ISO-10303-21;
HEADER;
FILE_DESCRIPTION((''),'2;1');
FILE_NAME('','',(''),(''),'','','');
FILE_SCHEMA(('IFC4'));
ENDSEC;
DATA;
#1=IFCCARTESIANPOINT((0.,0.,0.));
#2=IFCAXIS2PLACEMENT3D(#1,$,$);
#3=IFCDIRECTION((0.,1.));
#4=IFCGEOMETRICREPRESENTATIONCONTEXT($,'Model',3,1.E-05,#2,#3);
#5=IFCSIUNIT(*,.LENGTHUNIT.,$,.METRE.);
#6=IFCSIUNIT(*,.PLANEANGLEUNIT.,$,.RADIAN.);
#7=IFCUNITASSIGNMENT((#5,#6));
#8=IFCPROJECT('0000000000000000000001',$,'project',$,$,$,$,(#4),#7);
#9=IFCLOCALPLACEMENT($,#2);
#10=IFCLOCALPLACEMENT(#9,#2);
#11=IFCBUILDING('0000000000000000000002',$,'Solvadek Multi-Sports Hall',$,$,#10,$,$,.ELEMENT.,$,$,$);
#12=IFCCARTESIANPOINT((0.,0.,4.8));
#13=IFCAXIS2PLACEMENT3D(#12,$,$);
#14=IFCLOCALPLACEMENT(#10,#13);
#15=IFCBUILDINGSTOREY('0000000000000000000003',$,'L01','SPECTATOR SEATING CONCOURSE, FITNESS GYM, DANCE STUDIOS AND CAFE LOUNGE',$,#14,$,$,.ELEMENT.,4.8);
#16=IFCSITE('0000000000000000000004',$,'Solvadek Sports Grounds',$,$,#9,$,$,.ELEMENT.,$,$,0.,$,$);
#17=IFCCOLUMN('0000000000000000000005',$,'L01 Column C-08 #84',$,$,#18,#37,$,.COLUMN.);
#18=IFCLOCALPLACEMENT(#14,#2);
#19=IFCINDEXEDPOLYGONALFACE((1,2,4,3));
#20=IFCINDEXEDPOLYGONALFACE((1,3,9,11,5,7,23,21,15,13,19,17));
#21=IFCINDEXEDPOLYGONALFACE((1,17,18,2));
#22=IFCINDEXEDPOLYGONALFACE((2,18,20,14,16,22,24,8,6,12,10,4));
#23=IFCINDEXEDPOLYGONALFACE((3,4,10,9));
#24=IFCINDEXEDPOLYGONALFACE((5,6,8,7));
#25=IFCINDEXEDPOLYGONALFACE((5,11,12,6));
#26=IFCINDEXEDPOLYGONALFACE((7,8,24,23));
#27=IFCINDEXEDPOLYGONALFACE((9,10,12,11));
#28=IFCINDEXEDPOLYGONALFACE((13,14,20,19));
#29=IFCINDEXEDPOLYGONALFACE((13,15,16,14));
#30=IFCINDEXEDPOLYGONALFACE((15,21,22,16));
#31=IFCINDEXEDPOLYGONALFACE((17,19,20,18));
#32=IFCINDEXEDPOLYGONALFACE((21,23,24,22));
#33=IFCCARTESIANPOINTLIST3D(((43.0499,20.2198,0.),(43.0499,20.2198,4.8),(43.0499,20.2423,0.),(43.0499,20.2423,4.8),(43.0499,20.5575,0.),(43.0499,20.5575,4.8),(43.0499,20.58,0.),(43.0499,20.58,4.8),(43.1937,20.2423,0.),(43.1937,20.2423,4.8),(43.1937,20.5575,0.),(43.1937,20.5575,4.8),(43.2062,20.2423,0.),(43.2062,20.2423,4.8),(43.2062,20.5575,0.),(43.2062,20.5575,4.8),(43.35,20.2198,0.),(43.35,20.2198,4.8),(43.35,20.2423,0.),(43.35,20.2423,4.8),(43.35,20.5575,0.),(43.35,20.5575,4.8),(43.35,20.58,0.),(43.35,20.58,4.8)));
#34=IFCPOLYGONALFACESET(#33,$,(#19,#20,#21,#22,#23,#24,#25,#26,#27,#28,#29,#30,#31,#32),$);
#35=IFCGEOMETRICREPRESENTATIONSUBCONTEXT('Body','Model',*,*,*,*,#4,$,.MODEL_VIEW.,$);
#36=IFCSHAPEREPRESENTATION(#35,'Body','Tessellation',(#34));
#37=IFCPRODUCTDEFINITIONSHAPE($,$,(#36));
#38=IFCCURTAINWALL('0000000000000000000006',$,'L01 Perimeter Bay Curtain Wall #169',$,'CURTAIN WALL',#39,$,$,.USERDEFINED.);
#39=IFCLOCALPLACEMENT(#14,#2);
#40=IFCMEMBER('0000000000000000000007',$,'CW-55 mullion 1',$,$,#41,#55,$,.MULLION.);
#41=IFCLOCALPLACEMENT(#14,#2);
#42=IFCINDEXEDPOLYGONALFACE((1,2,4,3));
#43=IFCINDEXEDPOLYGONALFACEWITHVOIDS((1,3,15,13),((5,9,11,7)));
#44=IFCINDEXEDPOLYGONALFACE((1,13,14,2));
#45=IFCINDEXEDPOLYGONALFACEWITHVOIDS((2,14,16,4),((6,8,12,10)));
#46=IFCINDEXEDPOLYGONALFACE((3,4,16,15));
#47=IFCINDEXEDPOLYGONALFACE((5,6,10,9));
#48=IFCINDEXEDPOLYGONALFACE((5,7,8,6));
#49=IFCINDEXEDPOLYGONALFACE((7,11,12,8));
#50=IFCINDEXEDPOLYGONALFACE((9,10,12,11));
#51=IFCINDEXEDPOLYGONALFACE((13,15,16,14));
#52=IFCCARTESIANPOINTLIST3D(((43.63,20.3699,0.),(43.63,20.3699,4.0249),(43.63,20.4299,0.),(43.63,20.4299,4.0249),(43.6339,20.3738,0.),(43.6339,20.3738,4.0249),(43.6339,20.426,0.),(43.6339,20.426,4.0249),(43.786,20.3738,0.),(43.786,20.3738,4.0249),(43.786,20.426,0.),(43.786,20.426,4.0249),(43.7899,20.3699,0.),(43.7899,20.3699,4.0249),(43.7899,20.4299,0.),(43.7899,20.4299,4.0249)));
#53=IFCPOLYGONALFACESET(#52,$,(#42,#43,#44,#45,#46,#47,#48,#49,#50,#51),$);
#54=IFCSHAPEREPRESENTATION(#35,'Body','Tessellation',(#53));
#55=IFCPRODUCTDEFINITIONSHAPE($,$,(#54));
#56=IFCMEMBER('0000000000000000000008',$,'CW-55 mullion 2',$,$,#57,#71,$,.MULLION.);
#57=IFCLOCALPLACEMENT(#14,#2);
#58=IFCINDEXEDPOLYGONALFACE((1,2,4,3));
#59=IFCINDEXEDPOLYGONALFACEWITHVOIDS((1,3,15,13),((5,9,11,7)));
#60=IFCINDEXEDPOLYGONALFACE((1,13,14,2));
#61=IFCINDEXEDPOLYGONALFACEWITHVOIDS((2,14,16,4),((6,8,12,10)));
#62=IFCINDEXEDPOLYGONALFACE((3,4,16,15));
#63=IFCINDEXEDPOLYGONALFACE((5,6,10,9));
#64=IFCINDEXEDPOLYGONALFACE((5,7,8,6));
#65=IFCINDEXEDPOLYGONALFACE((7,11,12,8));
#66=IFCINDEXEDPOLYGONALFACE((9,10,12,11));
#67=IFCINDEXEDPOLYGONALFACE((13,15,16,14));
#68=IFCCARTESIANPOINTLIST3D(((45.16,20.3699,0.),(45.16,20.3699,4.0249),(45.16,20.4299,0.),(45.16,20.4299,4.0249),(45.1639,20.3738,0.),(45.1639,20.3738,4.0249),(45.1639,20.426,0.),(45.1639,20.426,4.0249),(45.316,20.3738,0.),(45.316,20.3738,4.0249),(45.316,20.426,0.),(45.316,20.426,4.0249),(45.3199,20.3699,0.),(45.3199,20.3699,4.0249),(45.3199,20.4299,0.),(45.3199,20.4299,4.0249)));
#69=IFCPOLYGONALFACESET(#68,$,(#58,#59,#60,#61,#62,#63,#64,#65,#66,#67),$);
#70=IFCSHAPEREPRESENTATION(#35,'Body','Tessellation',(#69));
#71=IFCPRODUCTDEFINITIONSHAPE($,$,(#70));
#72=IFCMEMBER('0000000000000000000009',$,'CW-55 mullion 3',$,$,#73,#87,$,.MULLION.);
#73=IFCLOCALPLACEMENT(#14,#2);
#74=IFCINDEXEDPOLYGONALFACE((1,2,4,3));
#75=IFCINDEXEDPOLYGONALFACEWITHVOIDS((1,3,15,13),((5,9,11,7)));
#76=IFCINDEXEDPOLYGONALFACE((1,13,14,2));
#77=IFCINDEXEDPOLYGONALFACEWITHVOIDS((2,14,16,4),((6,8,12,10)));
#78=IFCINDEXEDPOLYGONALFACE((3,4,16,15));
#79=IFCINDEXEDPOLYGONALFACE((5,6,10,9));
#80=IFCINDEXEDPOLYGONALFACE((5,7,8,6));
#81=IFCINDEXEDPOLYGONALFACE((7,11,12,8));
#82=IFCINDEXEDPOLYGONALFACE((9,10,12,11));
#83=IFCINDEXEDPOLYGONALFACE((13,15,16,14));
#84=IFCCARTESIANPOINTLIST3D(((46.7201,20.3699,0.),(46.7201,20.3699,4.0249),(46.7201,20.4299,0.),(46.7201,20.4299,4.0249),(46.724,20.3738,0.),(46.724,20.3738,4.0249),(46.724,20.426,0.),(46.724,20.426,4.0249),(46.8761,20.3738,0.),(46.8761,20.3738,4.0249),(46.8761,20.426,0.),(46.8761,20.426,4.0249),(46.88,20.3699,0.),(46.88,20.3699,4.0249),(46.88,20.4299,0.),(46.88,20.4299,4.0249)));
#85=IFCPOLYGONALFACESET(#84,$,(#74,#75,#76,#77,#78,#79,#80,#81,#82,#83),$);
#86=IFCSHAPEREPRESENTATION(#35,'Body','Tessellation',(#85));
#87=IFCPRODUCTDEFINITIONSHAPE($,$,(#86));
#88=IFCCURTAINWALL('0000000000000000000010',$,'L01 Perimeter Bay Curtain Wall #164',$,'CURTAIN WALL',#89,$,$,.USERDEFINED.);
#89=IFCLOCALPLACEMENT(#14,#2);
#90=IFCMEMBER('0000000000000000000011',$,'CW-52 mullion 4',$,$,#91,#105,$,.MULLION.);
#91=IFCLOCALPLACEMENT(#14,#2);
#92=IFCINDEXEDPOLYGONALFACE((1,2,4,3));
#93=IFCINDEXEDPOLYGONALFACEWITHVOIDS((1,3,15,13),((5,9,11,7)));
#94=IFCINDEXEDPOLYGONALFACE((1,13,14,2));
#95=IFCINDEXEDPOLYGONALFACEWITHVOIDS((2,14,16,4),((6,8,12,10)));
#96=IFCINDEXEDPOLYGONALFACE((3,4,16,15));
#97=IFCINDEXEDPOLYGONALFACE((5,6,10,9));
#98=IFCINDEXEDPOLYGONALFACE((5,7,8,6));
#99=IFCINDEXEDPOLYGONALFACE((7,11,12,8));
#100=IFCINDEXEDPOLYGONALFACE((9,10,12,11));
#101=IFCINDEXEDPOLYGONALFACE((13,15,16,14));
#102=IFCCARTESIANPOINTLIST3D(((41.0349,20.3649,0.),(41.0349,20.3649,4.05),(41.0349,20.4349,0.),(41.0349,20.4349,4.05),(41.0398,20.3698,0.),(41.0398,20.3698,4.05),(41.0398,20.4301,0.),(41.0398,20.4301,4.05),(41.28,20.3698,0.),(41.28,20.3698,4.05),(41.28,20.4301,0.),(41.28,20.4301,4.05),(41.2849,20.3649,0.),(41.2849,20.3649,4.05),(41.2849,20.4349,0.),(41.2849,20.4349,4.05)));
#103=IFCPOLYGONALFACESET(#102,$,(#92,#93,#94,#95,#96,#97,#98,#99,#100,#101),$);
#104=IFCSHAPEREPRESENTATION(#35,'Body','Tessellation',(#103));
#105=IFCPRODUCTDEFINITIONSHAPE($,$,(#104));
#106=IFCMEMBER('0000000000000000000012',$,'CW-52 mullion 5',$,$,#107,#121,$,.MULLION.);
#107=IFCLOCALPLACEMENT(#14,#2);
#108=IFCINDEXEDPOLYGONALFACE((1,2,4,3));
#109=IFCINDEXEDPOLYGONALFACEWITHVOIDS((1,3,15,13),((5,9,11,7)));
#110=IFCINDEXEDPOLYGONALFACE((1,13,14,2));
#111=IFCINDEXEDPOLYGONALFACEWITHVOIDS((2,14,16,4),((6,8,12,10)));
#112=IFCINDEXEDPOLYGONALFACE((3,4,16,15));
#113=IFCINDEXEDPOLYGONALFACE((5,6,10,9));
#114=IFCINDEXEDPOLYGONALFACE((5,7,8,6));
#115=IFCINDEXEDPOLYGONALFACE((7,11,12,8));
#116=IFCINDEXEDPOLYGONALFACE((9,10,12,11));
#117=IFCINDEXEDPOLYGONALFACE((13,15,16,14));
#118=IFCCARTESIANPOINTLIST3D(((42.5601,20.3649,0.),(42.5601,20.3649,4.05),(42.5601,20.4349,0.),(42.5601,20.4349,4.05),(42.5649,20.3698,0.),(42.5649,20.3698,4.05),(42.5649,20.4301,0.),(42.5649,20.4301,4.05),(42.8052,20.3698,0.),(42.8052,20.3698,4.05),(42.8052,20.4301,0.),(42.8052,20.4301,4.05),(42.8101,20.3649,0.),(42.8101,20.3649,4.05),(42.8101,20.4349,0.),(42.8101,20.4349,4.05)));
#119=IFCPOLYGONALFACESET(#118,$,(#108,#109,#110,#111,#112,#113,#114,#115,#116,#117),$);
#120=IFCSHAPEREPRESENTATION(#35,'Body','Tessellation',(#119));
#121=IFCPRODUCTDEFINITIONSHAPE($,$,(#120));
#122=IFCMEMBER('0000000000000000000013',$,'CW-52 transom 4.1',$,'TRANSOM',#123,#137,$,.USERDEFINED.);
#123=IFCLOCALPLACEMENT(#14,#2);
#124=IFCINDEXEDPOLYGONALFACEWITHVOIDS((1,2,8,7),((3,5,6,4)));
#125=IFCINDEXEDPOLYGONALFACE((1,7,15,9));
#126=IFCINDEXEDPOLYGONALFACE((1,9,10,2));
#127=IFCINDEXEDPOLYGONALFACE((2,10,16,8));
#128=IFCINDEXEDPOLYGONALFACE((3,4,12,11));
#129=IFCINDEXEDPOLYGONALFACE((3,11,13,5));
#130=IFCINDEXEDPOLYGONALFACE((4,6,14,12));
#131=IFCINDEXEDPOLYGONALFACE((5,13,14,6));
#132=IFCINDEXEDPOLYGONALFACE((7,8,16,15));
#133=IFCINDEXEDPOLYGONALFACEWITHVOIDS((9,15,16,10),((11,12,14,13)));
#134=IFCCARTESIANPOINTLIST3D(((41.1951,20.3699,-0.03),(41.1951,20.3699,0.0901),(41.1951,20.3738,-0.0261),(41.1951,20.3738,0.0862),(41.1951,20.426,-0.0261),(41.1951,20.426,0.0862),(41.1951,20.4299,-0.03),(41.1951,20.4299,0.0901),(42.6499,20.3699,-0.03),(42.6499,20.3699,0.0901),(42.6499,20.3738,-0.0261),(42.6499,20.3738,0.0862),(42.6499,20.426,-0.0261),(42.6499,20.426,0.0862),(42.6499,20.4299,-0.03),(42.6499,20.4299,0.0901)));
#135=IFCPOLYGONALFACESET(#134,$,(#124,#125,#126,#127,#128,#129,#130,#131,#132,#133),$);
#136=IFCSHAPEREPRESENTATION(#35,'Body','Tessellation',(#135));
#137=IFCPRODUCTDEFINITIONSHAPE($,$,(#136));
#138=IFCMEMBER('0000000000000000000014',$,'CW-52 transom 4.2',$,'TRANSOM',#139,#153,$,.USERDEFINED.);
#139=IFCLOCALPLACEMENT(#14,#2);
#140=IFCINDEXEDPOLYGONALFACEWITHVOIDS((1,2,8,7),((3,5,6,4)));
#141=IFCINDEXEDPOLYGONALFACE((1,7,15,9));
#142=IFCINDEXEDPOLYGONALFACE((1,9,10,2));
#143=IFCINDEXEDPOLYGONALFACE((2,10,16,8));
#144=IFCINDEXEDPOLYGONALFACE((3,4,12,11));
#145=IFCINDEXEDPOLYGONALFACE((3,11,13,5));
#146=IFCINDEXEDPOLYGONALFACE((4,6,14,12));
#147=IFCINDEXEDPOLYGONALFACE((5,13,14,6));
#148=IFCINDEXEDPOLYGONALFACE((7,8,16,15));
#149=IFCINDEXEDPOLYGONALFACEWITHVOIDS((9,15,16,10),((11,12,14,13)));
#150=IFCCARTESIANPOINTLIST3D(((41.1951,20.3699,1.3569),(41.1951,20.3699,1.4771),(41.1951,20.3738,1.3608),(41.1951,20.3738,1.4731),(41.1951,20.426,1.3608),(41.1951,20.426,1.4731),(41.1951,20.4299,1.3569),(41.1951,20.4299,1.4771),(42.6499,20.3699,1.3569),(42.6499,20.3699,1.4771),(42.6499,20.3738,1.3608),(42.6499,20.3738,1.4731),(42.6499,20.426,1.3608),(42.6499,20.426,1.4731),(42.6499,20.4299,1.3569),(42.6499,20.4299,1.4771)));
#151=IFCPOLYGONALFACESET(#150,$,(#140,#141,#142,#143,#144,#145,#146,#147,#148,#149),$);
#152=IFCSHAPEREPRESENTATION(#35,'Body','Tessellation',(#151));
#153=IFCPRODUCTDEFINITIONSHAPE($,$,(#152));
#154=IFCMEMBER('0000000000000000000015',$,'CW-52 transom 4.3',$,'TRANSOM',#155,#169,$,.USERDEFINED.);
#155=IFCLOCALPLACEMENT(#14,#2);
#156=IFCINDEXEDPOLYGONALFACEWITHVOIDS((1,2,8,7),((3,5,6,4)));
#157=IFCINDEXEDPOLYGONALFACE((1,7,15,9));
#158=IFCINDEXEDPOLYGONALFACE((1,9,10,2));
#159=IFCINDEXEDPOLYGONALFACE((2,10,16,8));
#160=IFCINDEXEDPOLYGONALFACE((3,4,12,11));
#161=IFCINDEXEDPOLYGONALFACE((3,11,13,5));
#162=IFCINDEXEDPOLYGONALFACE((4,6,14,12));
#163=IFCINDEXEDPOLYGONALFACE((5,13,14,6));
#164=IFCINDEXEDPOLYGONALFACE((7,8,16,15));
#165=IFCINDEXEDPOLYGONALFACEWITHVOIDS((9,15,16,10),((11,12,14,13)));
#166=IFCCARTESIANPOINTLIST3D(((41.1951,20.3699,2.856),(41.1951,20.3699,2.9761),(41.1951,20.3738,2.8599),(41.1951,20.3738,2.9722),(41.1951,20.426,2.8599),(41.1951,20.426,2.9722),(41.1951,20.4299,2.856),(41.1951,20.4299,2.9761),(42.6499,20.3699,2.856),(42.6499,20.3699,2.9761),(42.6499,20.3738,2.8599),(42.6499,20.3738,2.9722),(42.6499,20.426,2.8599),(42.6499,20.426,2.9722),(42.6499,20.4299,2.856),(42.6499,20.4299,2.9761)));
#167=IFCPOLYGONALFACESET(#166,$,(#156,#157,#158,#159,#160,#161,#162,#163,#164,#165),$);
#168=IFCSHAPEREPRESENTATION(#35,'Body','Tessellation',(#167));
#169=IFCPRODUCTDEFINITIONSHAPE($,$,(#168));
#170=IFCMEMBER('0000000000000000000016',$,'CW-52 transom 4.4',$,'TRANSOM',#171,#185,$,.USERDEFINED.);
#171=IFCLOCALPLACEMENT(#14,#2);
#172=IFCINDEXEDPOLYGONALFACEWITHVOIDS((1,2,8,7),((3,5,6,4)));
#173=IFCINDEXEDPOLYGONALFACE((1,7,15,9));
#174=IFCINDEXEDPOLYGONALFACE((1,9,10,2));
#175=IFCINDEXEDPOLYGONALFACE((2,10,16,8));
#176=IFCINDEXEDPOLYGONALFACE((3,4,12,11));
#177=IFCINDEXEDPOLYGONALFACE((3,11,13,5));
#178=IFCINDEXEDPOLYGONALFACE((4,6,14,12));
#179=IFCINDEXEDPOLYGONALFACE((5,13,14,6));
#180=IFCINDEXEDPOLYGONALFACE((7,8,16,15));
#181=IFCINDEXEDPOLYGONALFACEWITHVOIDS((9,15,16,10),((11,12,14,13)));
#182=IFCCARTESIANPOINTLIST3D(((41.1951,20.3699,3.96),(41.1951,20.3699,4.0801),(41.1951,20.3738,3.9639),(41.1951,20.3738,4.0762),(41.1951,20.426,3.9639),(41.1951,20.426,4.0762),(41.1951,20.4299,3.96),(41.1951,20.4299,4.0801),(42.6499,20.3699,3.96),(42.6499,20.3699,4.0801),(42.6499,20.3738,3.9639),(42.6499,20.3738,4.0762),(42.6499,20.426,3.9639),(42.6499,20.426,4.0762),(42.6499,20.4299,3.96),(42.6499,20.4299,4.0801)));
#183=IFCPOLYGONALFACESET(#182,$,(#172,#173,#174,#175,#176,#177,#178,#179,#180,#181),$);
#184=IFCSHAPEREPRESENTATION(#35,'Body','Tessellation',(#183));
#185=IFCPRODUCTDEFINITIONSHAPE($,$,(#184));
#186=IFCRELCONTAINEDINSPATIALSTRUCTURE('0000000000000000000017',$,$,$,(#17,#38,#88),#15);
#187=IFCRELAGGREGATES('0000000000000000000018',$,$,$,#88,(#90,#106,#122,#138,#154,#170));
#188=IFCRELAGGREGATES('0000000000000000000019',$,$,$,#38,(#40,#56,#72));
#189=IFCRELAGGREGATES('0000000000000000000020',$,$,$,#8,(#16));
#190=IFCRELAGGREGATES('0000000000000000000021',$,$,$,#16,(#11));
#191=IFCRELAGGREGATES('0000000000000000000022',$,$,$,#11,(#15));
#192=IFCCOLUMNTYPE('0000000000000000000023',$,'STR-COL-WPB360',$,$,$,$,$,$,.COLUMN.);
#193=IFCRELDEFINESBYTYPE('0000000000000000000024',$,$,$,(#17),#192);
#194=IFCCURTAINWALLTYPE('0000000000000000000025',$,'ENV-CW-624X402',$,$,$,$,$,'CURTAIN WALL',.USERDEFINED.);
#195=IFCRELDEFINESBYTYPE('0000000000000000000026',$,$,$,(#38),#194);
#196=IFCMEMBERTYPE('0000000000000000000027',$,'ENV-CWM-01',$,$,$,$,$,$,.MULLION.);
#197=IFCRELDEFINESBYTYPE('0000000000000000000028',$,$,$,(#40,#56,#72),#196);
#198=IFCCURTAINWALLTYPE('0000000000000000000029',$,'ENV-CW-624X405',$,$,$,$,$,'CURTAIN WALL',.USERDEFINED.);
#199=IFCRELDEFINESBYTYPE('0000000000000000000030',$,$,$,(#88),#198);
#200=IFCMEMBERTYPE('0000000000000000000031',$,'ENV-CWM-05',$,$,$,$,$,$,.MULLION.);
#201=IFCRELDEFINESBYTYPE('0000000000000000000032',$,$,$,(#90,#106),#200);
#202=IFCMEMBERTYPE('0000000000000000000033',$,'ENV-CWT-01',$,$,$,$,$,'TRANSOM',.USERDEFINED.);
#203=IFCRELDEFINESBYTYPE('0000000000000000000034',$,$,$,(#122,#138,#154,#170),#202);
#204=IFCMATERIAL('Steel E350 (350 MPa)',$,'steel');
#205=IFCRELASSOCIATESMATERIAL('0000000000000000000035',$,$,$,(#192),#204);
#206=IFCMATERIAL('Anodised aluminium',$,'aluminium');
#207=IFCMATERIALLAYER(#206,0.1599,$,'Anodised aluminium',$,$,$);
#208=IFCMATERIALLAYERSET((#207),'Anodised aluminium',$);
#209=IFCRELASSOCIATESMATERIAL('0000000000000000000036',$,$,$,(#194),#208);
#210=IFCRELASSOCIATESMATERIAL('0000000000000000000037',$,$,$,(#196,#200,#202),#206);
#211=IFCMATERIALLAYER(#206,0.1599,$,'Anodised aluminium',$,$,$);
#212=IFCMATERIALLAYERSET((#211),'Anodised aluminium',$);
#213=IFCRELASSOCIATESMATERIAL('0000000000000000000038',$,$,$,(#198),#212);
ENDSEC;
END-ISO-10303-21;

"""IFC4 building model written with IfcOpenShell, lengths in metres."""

from ifc_helpers import new_model, si_unit, direction, frame, origin, origin_2d, place, context, subcontext, project, spatial, hollow_rectangle, i_section, extrude, material, layer, layer_set, material_profile, profile_set, type_object, element, aggregate, save


model = new_model("IFC4")

# Units and contexts
model_context = context("Model", 3, precision=1e-05, world=origin(), true_north=direction((0.0, 1.0)))
body_context = subcontext(model_context, "Body", "Model", "MODEL_VIEW")
ifc_project = project(units=[si_unit("LENGTHUNIT", "METRE"), si_unit("PLANEANGLEUNIT", "RADIAN")], contexts=[model_context])

# Site, building, storey
site_placement = place(None, origin())
site = spatial("IfcSite", under=ifc_project, at=site_placement, Name="Solvadek Sports Grounds", CompositionType="ELEMENT", RefElevation=0.0)
building_placement = place(site_placement, origin())
building = spatial("IfcBuilding", under=site, at=building_placement, Name="Solvadek Multi-Sports Hall", CompositionType="ELEMENT")
storey_placement = place(building_placement, frame((0.0, 0.0, 4.8)))
storey = spatial("IfcBuildingStorey", under=building, at=storey_placement, Name="L01", Description="SPECTATOR SEATING CONCOURSE, FITNESS GYM, DANCE STUDIOS AND CAFE LOUNGE", CompositionType="ELEMENT", Elevation=4.8)

# Column
ifc_material_1 = material(Name="Steel E350 (350 MPa)", Category="steel")
ifc_material_profile_1 = material_profile(ifc_material_1, i_section(OverallWidth=0.3, OverallDepth=0.3601, WebThickness=0.0125, FlangeThickness=0.0225, at=origin_2d()), Name="WPB 360")
ifc_profile_set_1 = profile_set([ifc_material_profile_1], Name="Steel E350 (350 MPa)")
column_type = type_object("IfcColumnType", Name="STR-COL-WPB360", PredefinedType="COLUMN", material=ifc_profile_set_1)
column_placement = place(storey_placement, frame((43.2, 20.3999, 0.0), z_axis=(0.0, 0.0, 1.0), x_axis=(1.0, 0.0, 0.0)))
element("IfcColumn", 1, at=column_placement, inside=storey, type_object=column_type, Name="L01 Column C-08 #84", PredefinedType="COLUMN", context=body_context, shape_type="SweptSolid", body=[
    extrude(i_section(OverallWidth=0.3, OverallDepth=0.3601, WebThickness=0.0125, FlangeThickness=0.0225, at=origin_2d()), origin(), (0.0, 0.0, 1.0), 4.8),
])

# Curtain walls, members
ifc_material_2 = material(Name="Anodised aluminium", Category="aluminium")
ifc_layer_1 = layer(ifc_material_2, 0.1599, Name="Anodised aluminium")
ifc_layer_set_1 = layer_set([ifc_layer_1], Name="Anodised aluminium")
curtain_wall_type_1 = type_object("IfcCurtainWallType", Name="ENV-CW-624X402", ElementType="CURTAIN WALL", PredefinedType="USERDEFINED", material=ifc_layer_set_1)
curtain_wall_1_placement = place(storey_placement, origin())
curtain_wall_1 = element("IfcCurtainWall", 2, at=curtain_wall_1_placement, inside=storey, type_object=curtain_wall_type_1, Name="L01 Perimeter Bay Curtain Wall #169", ObjectType="CURTAIN WALL", PredefinedType="USERDEFINED")
ifc_material_profile_2 = material_profile(ifc_material_2, hollow_rectangle(XDim=0.0601, YDim=0.1599, WallThickness=0.0039, at=origin_2d()), Name="ALU-M 160x60x4")
ifc_profile_set_2 = profile_set([ifc_material_profile_2], Name="Anodised aluminium")
member_type_1 = type_object("IfcMemberType", Name="ENV-CWM-01", PredefinedType="MULLION", material=ifc_profile_set_2)
member_1_placement = place(storey_placement, frame((43.71, 20.3999, 0.0), z_axis=(0.0, 0.0, 1.0), x_axis=(0.0, 1.0, 0.0)))
member_1 = element("IfcMember", 3, at=member_1_placement, type_object=member_type_1, Name="CW-55 mullion 1", PredefinedType="MULLION", context=body_context, shape_type="SweptSolid", body=[
    extrude(hollow_rectangle(XDim=0.0601, YDim=0.1599, WallThickness=0.0039, at=origin_2d()), origin(), (0.0, 0.0, 1.0), 4.0249),
])
member_2_placement = place(storey_placement, frame((45.24, 20.3999, 0.0), z_axis=(0.0, 0.0, 1.0), x_axis=(0.0, 1.0, 0.0)))
member_2 = element("IfcMember", 4, at=member_2_placement, type_object=member_type_1, Name="CW-55 mullion 2", PredefinedType="MULLION", context=body_context, shape_type="SweptSolid", body=[
    extrude(hollow_rectangle(XDim=0.0601, YDim=0.1599, WallThickness=0.0039, at=origin_2d()), origin(), (0.0, 0.0, 1.0), 4.0249),
])
member_3_placement = place(storey_placement, frame((46.8, 20.3999, 0.0), z_axis=(0.0, 0.0, 1.0), x_axis=(0.0, 1.0, 0.0)))
member_3 = element("IfcMember", 5, at=member_3_placement, type_object=member_type_1, Name="CW-55 mullion 3", PredefinedType="MULLION", context=body_context, shape_type="SweptSolid", body=[
    extrude(hollow_rectangle(XDim=0.0601, YDim=0.1599, WallThickness=0.0039, at=origin_2d()), origin(), (0.0, 0.0, 1.0), 4.0249),
])
ifc_layer_2 = layer(ifc_material_2, 0.1599, Name="Anodised aluminium")
ifc_layer_set_2 = layer_set([ifc_layer_2], Name="Anodised aluminium")
curtain_wall_type_2 = type_object("IfcCurtainWallType", Name="ENV-CW-624X405", ElementType="CURTAIN WALL", PredefinedType="USERDEFINED", material=ifc_layer_set_2)
curtain_wall_2_placement = place(storey_placement, origin())
curtain_wall_2 = element("IfcCurtainWall", 6, at=curtain_wall_2_placement, inside=storey, type_object=curtain_wall_type_2, Name="L01 Perimeter Bay Curtain Wall #164", ObjectType="CURTAIN WALL", PredefinedType="USERDEFINED")
ifc_material_profile_3 = material_profile(ifc_material_2, hollow_rectangle(XDim=0.0701, YDim=0.25, WallThickness=0.0049, at=origin_2d()), Name="ALU-M 250x70x5")
ifc_profile_set_3 = profile_set([ifc_material_profile_3], Name="Anodised aluminium")
member_type_2 = type_object("IfcMemberType", Name="ENV-CWM-05", PredefinedType="MULLION", material=ifc_profile_set_3)
member_4_placement = place(storey_placement, frame((41.1599, 20.3999, 0.0), z_axis=(0.0, 0.0, 1.0), x_axis=(0.0, 1.0, 0.0)))
member_4 = element("IfcMember", 7, at=member_4_placement, type_object=member_type_2, Name="CW-52 mullion 4", PredefinedType="MULLION", context=body_context, shape_type="SweptSolid", body=[
    extrude(hollow_rectangle(XDim=0.0701, YDim=0.25, WallThickness=0.0049, at=origin_2d()), origin(), (0.0, 0.0, 1.0), 4.05),
])
member_5_placement = place(storey_placement, frame((42.6851, 20.3999, 0.0), z_axis=(0.0, 0.0, 1.0), x_axis=(0.0, 1.0, 0.0)))
member_5 = element("IfcMember", 8, at=member_5_placement, type_object=member_type_2, Name="CW-52 mullion 5", PredefinedType="MULLION", context=body_context, shape_type="SweptSolid", body=[
    extrude(hollow_rectangle(XDim=0.0701, YDim=0.25, WallThickness=0.0049, at=origin_2d()), origin(), (0.0, 0.0, 1.0), 4.05),
])
ifc_material_profile_4 = material_profile(ifc_material_2, hollow_rectangle(XDim=0.0601, YDim=0.1201, WallThickness=0.0039, at=origin_2d()), Name="ALU-T 120x60x4")
ifc_profile_set_4 = profile_set([ifc_material_profile_4], Name="Anodised aluminium")
member_type_3 = type_object("IfcMemberType", Name="ENV-CWT-01", ElementType="TRANSOM", PredefinedType="USERDEFINED", material=ifc_profile_set_4)
member_6_placement = place(storey_placement, frame((41.1951, 20.3999, 0.03), z_axis=(1.0, 0.0, 0.0), x_axis=(0.0, 1.0, 0.0)))
member_6 = element("IfcMember", 9, at=member_6_placement, type_object=member_type_3, Name="CW-52 transom 4.1", ObjectType="TRANSOM", PredefinedType="USERDEFINED", context=body_context, shape_type="SweptSolid", body=[
    extrude(hollow_rectangle(XDim=0.0601, YDim=0.1201, WallThickness=0.0039, at=origin_2d()), origin(), (0.0, 0.0, 1.0), 1.4548),
])
member_7_placement = place(storey_placement, frame((41.1951, 20.3999, 1.417), z_axis=(1.0, 0.0, 0.0), x_axis=(0.0, 1.0, 0.0)))
member_7 = element("IfcMember", 10, at=member_7_placement, type_object=member_type_3, Name="CW-52 transom 4.2", ObjectType="TRANSOM", PredefinedType="USERDEFINED", context=body_context, shape_type="SweptSolid", body=[
    extrude(hollow_rectangle(XDim=0.0601, YDim=0.1201, WallThickness=0.0039, at=origin_2d()), origin(), (0.0, 0.0, 1.0), 1.4548),
])
member_8_placement = place(storey_placement, frame((41.1951, 20.3999, 2.916), z_axis=(1.0, 0.0, 0.0), x_axis=(0.0, 1.0, 0.0)))
member_8 = element("IfcMember", 11, at=member_8_placement, type_object=member_type_3, Name="CW-52 transom 4.3", ObjectType="TRANSOM", PredefinedType="USERDEFINED", context=body_context, shape_type="SweptSolid", body=[
    extrude(hollow_rectangle(XDim=0.0601, YDim=0.1201, WallThickness=0.0039, at=origin_2d()), origin(), (0.0, 0.0, 1.0), 1.4548),
])
member_9_placement = place(storey_placement, frame((41.1951, 20.3999, 4.02), z_axis=(1.0, 0.0, 0.0), x_axis=(0.0, 1.0, 0.0)))
member_9 = element("IfcMember", 12, at=member_9_placement, type_object=member_type_3, Name="CW-52 transom 4.4", ObjectType="TRANSOM", PredefinedType="USERDEFINED", context=body_context, shape_type="SweptSolid", body=[
    extrude(hollow_rectangle(XDim=0.0601, YDim=0.1201, WallThickness=0.0039, at=origin_2d()), origin(), (0.0, 0.0, 1.0), 1.4548),
])

aggregate(curtain_wall_2, [member_4, member_5, member_6, member_7, member_8, member_9])
aggregate(curtain_wall_1, [member_1, member_2, member_3])

save(model, "model.ifc")
